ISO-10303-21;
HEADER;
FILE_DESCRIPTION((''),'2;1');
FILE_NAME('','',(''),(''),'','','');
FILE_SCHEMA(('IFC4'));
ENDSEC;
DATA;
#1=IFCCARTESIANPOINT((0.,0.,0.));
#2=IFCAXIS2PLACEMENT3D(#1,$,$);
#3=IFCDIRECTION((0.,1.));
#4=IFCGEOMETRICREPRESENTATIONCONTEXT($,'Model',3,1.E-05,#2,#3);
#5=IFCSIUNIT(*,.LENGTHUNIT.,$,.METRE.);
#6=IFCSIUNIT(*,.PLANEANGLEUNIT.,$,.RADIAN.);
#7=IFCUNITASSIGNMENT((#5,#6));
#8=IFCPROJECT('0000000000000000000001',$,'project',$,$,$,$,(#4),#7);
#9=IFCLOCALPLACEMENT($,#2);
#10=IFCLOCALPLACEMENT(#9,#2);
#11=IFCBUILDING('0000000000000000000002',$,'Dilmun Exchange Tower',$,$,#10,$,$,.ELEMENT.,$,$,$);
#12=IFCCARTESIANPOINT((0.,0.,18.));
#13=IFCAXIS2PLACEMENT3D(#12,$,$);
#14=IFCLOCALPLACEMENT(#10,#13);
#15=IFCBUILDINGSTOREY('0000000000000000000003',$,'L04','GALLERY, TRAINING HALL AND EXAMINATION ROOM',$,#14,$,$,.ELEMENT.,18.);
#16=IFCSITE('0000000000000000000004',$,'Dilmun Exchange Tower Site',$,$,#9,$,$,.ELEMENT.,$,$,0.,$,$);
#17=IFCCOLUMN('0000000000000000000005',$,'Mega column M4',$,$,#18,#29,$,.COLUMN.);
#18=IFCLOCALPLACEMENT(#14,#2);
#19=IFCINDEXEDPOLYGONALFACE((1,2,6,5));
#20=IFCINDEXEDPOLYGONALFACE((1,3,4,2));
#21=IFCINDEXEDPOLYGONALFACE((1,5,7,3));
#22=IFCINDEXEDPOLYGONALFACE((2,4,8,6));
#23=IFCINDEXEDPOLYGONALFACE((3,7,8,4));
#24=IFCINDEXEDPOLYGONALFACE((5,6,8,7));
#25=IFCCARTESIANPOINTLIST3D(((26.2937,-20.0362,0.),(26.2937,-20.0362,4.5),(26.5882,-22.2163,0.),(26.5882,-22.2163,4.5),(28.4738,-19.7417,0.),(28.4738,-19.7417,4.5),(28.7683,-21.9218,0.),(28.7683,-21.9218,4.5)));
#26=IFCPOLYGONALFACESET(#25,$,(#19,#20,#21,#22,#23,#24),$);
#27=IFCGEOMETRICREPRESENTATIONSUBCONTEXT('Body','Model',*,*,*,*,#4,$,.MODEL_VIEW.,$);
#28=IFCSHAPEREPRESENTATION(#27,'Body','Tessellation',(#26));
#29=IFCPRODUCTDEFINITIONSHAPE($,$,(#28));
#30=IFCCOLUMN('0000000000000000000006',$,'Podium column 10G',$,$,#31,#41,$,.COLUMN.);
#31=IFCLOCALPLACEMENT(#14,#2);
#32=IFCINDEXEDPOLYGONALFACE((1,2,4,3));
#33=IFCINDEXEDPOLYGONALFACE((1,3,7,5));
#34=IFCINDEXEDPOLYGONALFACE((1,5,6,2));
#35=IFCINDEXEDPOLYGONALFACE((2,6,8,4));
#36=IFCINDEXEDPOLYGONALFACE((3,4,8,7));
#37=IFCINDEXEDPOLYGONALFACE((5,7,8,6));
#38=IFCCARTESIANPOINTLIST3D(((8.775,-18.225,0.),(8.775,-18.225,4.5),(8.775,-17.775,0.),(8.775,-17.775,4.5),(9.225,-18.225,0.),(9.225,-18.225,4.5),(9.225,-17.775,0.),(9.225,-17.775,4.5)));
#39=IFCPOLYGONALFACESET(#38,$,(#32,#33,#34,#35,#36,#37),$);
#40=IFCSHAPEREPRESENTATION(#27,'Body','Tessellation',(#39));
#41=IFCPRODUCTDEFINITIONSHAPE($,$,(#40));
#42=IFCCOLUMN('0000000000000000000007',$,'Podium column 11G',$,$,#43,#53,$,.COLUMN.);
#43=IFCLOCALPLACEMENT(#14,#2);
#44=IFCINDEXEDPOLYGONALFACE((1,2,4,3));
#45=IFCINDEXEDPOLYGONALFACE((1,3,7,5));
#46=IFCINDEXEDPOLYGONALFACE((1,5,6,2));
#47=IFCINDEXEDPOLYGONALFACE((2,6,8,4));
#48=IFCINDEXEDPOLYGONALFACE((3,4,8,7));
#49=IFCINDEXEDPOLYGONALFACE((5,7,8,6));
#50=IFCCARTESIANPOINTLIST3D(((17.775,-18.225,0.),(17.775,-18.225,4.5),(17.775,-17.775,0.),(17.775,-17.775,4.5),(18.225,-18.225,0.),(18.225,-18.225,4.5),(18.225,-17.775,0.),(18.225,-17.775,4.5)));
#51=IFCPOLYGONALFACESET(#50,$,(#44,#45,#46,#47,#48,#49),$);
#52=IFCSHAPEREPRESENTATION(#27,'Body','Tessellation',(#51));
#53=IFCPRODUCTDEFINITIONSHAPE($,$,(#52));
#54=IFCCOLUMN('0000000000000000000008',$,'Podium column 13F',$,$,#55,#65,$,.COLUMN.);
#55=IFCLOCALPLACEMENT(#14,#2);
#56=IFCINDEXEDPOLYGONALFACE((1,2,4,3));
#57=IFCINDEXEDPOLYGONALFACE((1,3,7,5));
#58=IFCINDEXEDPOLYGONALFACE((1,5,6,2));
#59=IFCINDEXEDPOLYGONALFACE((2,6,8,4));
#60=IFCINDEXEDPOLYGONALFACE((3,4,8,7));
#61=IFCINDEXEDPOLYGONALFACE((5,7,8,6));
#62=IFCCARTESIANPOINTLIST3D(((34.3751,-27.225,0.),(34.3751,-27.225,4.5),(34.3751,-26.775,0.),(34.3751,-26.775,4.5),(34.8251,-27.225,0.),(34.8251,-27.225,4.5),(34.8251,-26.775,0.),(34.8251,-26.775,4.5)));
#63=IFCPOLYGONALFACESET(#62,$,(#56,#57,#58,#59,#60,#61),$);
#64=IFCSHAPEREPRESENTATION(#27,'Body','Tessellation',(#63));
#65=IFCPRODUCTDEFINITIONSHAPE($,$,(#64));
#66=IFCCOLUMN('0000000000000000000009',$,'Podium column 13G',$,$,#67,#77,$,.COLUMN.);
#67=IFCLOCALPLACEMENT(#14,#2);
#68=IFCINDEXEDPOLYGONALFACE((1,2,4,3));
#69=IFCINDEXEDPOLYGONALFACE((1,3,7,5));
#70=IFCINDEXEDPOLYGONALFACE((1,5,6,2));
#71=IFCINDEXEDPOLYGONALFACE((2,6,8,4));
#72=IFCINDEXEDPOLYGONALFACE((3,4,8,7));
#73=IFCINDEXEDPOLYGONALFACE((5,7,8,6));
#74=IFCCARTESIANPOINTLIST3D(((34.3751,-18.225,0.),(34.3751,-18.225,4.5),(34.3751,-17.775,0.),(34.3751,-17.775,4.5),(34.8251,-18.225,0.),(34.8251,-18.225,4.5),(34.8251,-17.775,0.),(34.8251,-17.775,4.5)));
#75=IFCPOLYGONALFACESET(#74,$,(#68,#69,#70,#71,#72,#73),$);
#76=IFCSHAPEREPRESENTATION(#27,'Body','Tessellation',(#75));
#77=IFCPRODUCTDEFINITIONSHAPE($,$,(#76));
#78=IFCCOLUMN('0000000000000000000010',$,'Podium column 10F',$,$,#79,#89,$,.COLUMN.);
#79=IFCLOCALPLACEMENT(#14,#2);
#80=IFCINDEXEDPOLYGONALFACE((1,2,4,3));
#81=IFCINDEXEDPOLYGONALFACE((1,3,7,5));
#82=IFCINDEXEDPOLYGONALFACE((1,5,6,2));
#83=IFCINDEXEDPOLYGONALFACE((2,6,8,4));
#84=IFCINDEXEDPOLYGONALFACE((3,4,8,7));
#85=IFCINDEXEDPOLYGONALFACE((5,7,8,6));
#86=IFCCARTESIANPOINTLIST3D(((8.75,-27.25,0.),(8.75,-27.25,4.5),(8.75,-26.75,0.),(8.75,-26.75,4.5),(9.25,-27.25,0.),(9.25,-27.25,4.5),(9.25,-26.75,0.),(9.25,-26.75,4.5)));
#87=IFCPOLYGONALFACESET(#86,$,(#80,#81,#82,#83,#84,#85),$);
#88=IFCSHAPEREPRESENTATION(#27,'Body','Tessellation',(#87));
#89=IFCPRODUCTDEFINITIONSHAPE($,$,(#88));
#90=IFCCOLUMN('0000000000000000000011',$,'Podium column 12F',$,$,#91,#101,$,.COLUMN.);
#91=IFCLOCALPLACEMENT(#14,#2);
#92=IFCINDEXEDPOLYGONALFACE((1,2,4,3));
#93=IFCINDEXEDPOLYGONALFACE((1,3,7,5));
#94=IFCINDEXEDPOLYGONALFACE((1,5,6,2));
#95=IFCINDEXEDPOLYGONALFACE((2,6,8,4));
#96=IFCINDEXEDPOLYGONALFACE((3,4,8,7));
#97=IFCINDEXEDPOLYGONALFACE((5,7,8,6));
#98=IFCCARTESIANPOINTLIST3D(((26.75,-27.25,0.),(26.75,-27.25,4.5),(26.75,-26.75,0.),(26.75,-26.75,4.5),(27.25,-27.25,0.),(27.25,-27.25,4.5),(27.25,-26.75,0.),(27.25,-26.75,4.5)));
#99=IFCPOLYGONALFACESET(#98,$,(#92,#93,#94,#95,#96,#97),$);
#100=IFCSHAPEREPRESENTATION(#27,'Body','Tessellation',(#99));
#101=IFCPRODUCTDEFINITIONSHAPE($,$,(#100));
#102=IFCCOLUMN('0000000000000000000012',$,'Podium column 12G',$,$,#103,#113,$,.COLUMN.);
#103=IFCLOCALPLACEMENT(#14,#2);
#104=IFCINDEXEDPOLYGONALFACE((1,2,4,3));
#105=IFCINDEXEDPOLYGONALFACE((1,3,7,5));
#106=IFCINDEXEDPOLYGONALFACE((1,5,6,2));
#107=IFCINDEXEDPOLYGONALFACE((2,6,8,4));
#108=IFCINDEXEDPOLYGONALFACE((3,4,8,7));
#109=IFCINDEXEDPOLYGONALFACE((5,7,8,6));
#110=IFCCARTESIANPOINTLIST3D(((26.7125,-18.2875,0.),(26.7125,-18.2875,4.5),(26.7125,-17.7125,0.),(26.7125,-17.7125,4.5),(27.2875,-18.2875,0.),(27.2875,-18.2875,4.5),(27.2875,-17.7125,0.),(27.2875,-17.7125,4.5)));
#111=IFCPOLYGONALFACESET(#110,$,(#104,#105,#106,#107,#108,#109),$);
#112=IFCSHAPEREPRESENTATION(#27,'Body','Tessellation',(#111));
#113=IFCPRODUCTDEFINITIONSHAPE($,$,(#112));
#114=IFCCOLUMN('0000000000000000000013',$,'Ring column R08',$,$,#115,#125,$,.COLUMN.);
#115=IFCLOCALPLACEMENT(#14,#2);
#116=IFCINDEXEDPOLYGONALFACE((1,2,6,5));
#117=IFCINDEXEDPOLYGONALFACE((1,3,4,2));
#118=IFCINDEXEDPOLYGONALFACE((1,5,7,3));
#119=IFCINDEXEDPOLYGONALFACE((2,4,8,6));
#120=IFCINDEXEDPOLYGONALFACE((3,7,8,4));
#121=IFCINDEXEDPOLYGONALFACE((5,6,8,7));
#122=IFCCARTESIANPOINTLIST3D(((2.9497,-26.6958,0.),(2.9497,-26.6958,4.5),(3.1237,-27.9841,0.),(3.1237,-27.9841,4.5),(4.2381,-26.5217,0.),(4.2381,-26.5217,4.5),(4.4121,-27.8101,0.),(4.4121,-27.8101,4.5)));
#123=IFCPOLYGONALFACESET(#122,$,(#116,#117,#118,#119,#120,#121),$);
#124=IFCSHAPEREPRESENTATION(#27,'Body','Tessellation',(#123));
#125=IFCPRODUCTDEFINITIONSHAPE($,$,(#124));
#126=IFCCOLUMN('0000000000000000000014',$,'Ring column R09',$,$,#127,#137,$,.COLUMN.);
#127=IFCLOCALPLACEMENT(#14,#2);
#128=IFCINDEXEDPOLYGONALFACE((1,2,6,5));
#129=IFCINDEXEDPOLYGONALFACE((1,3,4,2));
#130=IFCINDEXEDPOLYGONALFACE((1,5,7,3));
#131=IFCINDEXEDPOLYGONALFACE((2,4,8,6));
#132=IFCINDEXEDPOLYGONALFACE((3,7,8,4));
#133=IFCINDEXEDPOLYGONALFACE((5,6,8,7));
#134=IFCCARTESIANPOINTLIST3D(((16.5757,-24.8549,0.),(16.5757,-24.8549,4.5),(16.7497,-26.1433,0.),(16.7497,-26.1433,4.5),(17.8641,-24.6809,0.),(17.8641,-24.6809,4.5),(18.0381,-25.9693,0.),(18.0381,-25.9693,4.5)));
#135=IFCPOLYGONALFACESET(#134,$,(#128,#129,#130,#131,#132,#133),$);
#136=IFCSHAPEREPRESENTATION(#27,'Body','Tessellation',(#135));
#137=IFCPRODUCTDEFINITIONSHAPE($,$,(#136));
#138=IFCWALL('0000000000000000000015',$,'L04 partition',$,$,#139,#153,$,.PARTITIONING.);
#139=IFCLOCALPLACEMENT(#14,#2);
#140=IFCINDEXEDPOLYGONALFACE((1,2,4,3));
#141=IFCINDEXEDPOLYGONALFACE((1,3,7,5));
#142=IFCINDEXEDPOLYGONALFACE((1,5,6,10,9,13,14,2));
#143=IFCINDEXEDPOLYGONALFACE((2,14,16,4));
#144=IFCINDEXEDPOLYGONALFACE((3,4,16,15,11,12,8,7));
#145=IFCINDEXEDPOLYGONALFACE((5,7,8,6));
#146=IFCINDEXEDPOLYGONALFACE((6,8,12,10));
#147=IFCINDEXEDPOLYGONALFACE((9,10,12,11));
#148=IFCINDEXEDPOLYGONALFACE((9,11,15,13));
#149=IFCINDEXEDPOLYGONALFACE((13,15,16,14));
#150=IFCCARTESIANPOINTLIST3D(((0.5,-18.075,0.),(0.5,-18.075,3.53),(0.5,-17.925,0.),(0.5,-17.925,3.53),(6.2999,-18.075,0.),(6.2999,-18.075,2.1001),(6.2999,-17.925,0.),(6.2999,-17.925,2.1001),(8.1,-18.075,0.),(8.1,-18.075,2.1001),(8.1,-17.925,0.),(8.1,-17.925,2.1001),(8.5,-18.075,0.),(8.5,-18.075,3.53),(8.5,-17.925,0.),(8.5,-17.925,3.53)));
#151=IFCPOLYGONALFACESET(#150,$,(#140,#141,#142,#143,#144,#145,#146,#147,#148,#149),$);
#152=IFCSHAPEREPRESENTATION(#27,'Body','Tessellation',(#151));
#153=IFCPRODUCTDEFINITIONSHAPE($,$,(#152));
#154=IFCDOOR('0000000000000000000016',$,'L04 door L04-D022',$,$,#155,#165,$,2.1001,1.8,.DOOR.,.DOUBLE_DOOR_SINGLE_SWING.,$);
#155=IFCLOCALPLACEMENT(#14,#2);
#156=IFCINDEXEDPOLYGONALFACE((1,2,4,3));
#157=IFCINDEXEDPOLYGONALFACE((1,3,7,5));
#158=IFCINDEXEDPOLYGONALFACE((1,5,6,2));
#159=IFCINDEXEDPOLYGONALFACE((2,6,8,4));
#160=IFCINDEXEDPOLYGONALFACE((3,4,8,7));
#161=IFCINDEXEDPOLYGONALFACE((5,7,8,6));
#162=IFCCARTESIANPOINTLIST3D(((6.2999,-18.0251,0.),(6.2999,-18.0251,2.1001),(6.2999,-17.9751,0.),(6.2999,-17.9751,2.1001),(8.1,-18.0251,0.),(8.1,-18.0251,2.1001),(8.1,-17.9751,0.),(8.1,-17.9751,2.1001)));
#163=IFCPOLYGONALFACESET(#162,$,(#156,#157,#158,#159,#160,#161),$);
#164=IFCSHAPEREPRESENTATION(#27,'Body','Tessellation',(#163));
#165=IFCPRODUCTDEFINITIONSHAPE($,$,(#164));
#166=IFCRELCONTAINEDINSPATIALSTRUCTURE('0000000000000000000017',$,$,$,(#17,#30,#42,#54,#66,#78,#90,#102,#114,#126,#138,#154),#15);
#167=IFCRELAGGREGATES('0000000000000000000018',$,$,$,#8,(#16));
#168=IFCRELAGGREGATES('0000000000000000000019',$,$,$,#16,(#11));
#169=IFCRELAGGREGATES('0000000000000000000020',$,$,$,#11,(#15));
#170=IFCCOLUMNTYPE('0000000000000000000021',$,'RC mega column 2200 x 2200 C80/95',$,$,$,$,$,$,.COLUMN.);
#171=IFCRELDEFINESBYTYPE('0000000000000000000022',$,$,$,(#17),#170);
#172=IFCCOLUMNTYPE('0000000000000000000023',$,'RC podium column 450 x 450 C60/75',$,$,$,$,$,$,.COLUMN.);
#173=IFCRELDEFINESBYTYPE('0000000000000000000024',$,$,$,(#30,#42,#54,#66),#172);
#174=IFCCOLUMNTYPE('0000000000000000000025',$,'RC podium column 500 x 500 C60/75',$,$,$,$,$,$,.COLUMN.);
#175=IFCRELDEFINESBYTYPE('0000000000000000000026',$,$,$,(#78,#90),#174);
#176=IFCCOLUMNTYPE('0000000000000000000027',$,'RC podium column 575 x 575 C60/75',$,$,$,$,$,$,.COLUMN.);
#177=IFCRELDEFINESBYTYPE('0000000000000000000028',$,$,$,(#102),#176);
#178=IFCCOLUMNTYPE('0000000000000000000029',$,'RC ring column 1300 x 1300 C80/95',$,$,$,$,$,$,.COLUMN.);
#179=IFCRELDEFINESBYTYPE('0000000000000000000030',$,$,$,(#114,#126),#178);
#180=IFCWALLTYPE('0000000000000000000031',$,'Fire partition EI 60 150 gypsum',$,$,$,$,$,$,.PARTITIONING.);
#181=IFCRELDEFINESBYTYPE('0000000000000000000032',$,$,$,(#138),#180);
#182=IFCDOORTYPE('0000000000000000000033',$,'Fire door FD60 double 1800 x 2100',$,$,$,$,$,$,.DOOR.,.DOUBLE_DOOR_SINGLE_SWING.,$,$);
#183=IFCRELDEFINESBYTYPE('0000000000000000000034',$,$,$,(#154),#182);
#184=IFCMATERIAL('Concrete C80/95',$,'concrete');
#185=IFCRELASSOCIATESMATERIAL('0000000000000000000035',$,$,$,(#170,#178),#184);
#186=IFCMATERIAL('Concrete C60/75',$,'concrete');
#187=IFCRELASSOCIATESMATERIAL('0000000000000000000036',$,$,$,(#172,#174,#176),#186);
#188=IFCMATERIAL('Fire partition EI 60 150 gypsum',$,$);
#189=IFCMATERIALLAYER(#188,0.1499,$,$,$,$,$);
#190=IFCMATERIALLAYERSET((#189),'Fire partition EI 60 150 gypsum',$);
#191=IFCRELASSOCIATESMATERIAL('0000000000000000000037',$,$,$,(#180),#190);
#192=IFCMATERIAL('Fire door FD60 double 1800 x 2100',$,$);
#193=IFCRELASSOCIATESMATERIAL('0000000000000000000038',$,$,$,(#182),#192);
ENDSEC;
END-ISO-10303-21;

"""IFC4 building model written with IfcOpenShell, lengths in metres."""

from ifc_helpers import new_model, si_unit, direction, frame, frame_2d, origin, origin_2d, place, context, subcontext, project, spatial, rectangle, extrude, material, layer, layer_set, material_profile, profile_set, type_object, element, fill, save


model = new_model("IFC4")

# Units and contexts
model_context = context("Model", 3, precision=1e-05, world=origin(), true_north=direction((0.0, 1.0)))
body_context = subcontext(model_context, "Body", "Model", "MODEL_VIEW")
ifc_project = project(units=[si_unit("LENGTHUNIT", "METRE"), si_unit("PLANEANGLEUNIT", "RADIAN")], contexts=[model_context])

# Site, building, storey
site_placement = place(None, origin())
site = spatial("IfcSite", under=ifc_project, at=site_placement, Name="Dilmun Exchange Tower Site", CompositionType="ELEMENT", RefElevation=0.0)
building_placement = place(site_placement, origin())
building = spatial("IfcBuilding", under=site, at=building_placement, Name="Dilmun Exchange Tower", CompositionType="ELEMENT")
storey_placement = place(building_placement, frame((0.0, 0.0, 18.0)))
storey = spatial("IfcBuildingStorey", under=building, at=storey_placement, Name="L04", Description="GALLERY, TRAINING HALL AND EXAMINATION ROOM", CompositionType="ELEMENT", Elevation=18.0)

# Columns
ifc_material_1 = material(Name="Concrete C80/95", Category="concrete")
ifc_material_profile_1 = material_profile(ifc_material_1, rectangle(XDim=2.2, YDim=2.2, at=origin_2d()), Name="2200 x 2200")
ifc_profile_set_1 = profile_set([ifc_material_profile_1], Name="Concrete C80/95")
column_type_1 = type_object("IfcColumnType", Name="RC mega column 2200 x 2200 C80/95", PredefinedType="COLUMN", material=ifc_profile_set_1)
column_1_placement = place(storey_placement, frame((27.531, -20.979, 0.0), z_axis=(0.0, 0.0, 1.0), x_axis=(0.991001, 0.133853, 0.0)))
element("IfcColumn", 1, at=column_1_placement, inside=storey, type_object=column_type_1, Name="Mega column M4", PredefinedType="COLUMN", context=body_context, shape_type="SweptSolid", body=[
    extrude(rectangle(XDim=2.2, YDim=2.2, at=origin_2d()), origin(), (0.0, 0.0, 1.0), 4.5),
])
ifc_material_2 = material(Name="Concrete C60/75", Category="concrete")
ifc_material_profile_2 = material_profile(ifc_material_2, rectangle(XDim=0.45, YDim=0.45, at=origin_2d()), Name="450 x 450")
ifc_profile_set_2 = profile_set([ifc_material_profile_2], Name="Concrete C60/75")
column_type_2 = type_object("IfcColumnType", Name="RC podium column 450 x 450 C60/75", PredefinedType="COLUMN", material=ifc_profile_set_2)
for number, where, z_axis, x_axis, name in (
    (2, (9.0, -18.0, 0.0), (0.0, 0.0, 1.0), (1.0, 0.0, 0.0), "Podium column 10G"),
    (3, (18.0, -18.0, 0.0), (0.0, 0.0, 1.0), (1.0, 0.0, 0.0), "Podium column 11G"),
    (4, (34.6001, -27.0, 0.0), (0.0, 0.0, 1.0), (1.0, 0.0, 0.0), "Podium column 13F"),
    (5, (34.6001, -18.0, 0.0), (0.0, 0.0, 1.0), (1.0, 0.0, 0.0), "Podium column 13G"),
):
    element("IfcColumn", number, at=place(storey_placement, frame(where, z_axis=z_axis, x_axis=x_axis)), inside=storey, type_object=column_type_2, Name=name, PredefinedType="COLUMN", context=body_context, shape_type="SweptSolid", body=[
        extrude(rectangle(XDim=0.45, YDim=0.45, at=origin_2d()), origin(), (0.0, 0.0, 1.0), 4.5),
    ])
ifc_material_profile_3 = material_profile(ifc_material_2, rectangle(XDim=0.5, YDim=0.5, at=origin_2d()), Name="500 x 500")
ifc_profile_set_3 = profile_set([ifc_material_profile_3], Name="Concrete C60/75")
column_type_3 = type_object("IfcColumnType", Name="RC podium column 500 x 500 C60/75", PredefinedType="COLUMN", material=ifc_profile_set_3)
for number, where, z_axis, x_axis, name in (
    (6, (9.0, -27.0, 0.0), (0.0, 0.0, 1.0), (1.0, 0.0, 0.0), "Podium column 10F"),
    (7, (27.0, -27.0, 0.0), (0.0, 0.0, 1.0), (1.0, 0.0, 0.0), "Podium column 12F"),
):
    element("IfcColumn", number, at=place(storey_placement, frame(where, z_axis=z_axis, x_axis=x_axis)), inside=storey, type_object=column_type_3, Name=name, PredefinedType="COLUMN", context=body_context, shape_type="SweptSolid", body=[
        extrude(rectangle(XDim=0.5, YDim=0.5, at=origin_2d()), origin(), (0.0, 0.0, 1.0), 4.5),
    ])
ifc_material_profile_4 = material_profile(ifc_material_2, rectangle(XDim=0.575, YDim=0.575, at=origin_2d()), Name="575 x 575")
ifc_profile_set_4 = profile_set([ifc_material_profile_4], Name="Concrete C60/75")
column_type_4 = type_object("IfcColumnType", Name="RC podium column 575 x 575 C60/75", PredefinedType="COLUMN", material=ifc_profile_set_4)
column_2_placement = place(storey_placement, frame((27.0, -18.0, 0.0), z_axis=(0.0, 0.0, 1.0), x_axis=(1.0, 0.0, 0.0)))
element("IfcColumn", 8, at=column_2_placement, inside=storey, type_object=column_type_4, Name="Podium column 12G", PredefinedType="COLUMN", context=body_context, shape_type="SweptSolid", body=[
    extrude(rectangle(XDim=0.575, YDim=0.575, at=origin_2d()), origin(), (0.0, 0.0, 1.0), 4.5),
])
ifc_material_profile_5 = material_profile(ifc_material_1, rectangle(XDim=1.3, YDim=1.3, at=origin_2d()), Name="1300 x 1300")
ifc_profile_set_5 = profile_set([ifc_material_profile_5], Name="Concrete C80/95")
column_type_5 = type_object("IfcColumnType", Name="RC ring column 1300 x 1300 C80/95", PredefinedType="COLUMN", material=ifc_profile_set_5)
for number, where, z_axis, x_axis, name in (
    (9, (3.6809, -27.2529, 0.0), (0.0, 0.0, 1.0), (0.991001, 0.133853, 0.0), "Ring column R08"),
    (10, (17.3069, -25.4121, 0.0), (0.0, 0.0, 1.0), (0.991001, 0.133853, 0.0), "Ring column R09"),
):
    element("IfcColumn", number, at=place(storey_placement, frame(where, z_axis=z_axis, x_axis=x_axis)), inside=storey, type_object=column_type_5, Name=name, PredefinedType="COLUMN", context=body_context, shape_type="SweptSolid", body=[
        extrude(rectangle(XDim=1.3, YDim=1.3, at=origin_2d()), origin(), (0.0, 0.0, 1.0), 4.5),
    ])

# Wall, opening, door
ifc_material_3 = material(Name="Fire partition EI 60 150 gypsum")
ifc_layer_1 = layer(ifc_material_3, 0.1499)
ifc_layer_set_1 = layer_set([ifc_layer_1], Name="Fire partition EI 60 150 gypsum")
wall_type_1 = type_object("IfcWallType", Name="Fire partition EI 60 150 gypsum", PredefinedType="PARTITIONING", material=ifc_layer_set_1)
wall_1_placement = place(storey_placement, frame((0.5, -18.0, 0.0), z_axis=(0.0, 0.0, 1.0), x_axis=(1.0, 0.0, 0.0)))
wall_1 = element("IfcWall", 11, at=wall_1_placement, inside=storey, type_object=wall_type_1, Name="L04 partition", PredefinedType="PARTITIONING", context=body_context, shape_type="SweptSolid", body=[
    extrude(rectangle(XDim=8.0, YDim=0.1499, at=frame_2d((4.0, 0.0))), origin(), (0.0, 0.0, 1.0), 3.53),
])
opening_1_placement = place(wall_1_placement, frame((5.8, 0.0, 0.0)))
opening_1 = element("IfcOpeningElement", 12, at=opening_1_placement, cuts=wall_1, PredefinedType="OPENING", context=body_context, shape_type="SweptSolid", body=[
    extrude(rectangle(XDim=1.8, YDim=2.1001, at=frame_2d((0.8999, 1.05))), frame((0.0, 0.085, 0.0), z_axis=(0.0, -1.0, 0.0), x_axis=(1.0, 0.0, 0.0)), (0.0, 0.0, 1.0), 0.1699),
])
ifc_material_4 = material(Name="Fire door FD60 double 1800 x 2100")
door_type_1 = type_object("IfcDoorType", Name="Fire door FD60 double 1800 x 2100", OperationType="DOUBLE_DOOR_SINGLE_SWING", PredefinedType="DOOR", material=ifc_material_4)
door_1_placement = place(opening_1_placement, origin())
door_1 = element("IfcDoor", 13, at=door_1_placement, inside=storey, type_object=door_type_1, Name="L04 door L04-D022", OperationType="DOUBLE_DOOR_SINGLE_SWING", OverallHeight=2.1001, OverallWidth=1.8, PredefinedType="DOOR", context=body_context, shape_type="SweptSolid", body=[
    extrude(rectangle(XDim=1.8, YDim=2.1001, at=frame_2d((0.8999, 1.05))), frame((0.0, 0.0249, 0.0), z_axis=(0.0, -1.0, 0.0), x_axis=(1.0, 0.0, 0.0)), (0.0, 0.0, 1.0), 0.05),
])
fill(opening_1, door_1)

save(model, "model.ifc")
